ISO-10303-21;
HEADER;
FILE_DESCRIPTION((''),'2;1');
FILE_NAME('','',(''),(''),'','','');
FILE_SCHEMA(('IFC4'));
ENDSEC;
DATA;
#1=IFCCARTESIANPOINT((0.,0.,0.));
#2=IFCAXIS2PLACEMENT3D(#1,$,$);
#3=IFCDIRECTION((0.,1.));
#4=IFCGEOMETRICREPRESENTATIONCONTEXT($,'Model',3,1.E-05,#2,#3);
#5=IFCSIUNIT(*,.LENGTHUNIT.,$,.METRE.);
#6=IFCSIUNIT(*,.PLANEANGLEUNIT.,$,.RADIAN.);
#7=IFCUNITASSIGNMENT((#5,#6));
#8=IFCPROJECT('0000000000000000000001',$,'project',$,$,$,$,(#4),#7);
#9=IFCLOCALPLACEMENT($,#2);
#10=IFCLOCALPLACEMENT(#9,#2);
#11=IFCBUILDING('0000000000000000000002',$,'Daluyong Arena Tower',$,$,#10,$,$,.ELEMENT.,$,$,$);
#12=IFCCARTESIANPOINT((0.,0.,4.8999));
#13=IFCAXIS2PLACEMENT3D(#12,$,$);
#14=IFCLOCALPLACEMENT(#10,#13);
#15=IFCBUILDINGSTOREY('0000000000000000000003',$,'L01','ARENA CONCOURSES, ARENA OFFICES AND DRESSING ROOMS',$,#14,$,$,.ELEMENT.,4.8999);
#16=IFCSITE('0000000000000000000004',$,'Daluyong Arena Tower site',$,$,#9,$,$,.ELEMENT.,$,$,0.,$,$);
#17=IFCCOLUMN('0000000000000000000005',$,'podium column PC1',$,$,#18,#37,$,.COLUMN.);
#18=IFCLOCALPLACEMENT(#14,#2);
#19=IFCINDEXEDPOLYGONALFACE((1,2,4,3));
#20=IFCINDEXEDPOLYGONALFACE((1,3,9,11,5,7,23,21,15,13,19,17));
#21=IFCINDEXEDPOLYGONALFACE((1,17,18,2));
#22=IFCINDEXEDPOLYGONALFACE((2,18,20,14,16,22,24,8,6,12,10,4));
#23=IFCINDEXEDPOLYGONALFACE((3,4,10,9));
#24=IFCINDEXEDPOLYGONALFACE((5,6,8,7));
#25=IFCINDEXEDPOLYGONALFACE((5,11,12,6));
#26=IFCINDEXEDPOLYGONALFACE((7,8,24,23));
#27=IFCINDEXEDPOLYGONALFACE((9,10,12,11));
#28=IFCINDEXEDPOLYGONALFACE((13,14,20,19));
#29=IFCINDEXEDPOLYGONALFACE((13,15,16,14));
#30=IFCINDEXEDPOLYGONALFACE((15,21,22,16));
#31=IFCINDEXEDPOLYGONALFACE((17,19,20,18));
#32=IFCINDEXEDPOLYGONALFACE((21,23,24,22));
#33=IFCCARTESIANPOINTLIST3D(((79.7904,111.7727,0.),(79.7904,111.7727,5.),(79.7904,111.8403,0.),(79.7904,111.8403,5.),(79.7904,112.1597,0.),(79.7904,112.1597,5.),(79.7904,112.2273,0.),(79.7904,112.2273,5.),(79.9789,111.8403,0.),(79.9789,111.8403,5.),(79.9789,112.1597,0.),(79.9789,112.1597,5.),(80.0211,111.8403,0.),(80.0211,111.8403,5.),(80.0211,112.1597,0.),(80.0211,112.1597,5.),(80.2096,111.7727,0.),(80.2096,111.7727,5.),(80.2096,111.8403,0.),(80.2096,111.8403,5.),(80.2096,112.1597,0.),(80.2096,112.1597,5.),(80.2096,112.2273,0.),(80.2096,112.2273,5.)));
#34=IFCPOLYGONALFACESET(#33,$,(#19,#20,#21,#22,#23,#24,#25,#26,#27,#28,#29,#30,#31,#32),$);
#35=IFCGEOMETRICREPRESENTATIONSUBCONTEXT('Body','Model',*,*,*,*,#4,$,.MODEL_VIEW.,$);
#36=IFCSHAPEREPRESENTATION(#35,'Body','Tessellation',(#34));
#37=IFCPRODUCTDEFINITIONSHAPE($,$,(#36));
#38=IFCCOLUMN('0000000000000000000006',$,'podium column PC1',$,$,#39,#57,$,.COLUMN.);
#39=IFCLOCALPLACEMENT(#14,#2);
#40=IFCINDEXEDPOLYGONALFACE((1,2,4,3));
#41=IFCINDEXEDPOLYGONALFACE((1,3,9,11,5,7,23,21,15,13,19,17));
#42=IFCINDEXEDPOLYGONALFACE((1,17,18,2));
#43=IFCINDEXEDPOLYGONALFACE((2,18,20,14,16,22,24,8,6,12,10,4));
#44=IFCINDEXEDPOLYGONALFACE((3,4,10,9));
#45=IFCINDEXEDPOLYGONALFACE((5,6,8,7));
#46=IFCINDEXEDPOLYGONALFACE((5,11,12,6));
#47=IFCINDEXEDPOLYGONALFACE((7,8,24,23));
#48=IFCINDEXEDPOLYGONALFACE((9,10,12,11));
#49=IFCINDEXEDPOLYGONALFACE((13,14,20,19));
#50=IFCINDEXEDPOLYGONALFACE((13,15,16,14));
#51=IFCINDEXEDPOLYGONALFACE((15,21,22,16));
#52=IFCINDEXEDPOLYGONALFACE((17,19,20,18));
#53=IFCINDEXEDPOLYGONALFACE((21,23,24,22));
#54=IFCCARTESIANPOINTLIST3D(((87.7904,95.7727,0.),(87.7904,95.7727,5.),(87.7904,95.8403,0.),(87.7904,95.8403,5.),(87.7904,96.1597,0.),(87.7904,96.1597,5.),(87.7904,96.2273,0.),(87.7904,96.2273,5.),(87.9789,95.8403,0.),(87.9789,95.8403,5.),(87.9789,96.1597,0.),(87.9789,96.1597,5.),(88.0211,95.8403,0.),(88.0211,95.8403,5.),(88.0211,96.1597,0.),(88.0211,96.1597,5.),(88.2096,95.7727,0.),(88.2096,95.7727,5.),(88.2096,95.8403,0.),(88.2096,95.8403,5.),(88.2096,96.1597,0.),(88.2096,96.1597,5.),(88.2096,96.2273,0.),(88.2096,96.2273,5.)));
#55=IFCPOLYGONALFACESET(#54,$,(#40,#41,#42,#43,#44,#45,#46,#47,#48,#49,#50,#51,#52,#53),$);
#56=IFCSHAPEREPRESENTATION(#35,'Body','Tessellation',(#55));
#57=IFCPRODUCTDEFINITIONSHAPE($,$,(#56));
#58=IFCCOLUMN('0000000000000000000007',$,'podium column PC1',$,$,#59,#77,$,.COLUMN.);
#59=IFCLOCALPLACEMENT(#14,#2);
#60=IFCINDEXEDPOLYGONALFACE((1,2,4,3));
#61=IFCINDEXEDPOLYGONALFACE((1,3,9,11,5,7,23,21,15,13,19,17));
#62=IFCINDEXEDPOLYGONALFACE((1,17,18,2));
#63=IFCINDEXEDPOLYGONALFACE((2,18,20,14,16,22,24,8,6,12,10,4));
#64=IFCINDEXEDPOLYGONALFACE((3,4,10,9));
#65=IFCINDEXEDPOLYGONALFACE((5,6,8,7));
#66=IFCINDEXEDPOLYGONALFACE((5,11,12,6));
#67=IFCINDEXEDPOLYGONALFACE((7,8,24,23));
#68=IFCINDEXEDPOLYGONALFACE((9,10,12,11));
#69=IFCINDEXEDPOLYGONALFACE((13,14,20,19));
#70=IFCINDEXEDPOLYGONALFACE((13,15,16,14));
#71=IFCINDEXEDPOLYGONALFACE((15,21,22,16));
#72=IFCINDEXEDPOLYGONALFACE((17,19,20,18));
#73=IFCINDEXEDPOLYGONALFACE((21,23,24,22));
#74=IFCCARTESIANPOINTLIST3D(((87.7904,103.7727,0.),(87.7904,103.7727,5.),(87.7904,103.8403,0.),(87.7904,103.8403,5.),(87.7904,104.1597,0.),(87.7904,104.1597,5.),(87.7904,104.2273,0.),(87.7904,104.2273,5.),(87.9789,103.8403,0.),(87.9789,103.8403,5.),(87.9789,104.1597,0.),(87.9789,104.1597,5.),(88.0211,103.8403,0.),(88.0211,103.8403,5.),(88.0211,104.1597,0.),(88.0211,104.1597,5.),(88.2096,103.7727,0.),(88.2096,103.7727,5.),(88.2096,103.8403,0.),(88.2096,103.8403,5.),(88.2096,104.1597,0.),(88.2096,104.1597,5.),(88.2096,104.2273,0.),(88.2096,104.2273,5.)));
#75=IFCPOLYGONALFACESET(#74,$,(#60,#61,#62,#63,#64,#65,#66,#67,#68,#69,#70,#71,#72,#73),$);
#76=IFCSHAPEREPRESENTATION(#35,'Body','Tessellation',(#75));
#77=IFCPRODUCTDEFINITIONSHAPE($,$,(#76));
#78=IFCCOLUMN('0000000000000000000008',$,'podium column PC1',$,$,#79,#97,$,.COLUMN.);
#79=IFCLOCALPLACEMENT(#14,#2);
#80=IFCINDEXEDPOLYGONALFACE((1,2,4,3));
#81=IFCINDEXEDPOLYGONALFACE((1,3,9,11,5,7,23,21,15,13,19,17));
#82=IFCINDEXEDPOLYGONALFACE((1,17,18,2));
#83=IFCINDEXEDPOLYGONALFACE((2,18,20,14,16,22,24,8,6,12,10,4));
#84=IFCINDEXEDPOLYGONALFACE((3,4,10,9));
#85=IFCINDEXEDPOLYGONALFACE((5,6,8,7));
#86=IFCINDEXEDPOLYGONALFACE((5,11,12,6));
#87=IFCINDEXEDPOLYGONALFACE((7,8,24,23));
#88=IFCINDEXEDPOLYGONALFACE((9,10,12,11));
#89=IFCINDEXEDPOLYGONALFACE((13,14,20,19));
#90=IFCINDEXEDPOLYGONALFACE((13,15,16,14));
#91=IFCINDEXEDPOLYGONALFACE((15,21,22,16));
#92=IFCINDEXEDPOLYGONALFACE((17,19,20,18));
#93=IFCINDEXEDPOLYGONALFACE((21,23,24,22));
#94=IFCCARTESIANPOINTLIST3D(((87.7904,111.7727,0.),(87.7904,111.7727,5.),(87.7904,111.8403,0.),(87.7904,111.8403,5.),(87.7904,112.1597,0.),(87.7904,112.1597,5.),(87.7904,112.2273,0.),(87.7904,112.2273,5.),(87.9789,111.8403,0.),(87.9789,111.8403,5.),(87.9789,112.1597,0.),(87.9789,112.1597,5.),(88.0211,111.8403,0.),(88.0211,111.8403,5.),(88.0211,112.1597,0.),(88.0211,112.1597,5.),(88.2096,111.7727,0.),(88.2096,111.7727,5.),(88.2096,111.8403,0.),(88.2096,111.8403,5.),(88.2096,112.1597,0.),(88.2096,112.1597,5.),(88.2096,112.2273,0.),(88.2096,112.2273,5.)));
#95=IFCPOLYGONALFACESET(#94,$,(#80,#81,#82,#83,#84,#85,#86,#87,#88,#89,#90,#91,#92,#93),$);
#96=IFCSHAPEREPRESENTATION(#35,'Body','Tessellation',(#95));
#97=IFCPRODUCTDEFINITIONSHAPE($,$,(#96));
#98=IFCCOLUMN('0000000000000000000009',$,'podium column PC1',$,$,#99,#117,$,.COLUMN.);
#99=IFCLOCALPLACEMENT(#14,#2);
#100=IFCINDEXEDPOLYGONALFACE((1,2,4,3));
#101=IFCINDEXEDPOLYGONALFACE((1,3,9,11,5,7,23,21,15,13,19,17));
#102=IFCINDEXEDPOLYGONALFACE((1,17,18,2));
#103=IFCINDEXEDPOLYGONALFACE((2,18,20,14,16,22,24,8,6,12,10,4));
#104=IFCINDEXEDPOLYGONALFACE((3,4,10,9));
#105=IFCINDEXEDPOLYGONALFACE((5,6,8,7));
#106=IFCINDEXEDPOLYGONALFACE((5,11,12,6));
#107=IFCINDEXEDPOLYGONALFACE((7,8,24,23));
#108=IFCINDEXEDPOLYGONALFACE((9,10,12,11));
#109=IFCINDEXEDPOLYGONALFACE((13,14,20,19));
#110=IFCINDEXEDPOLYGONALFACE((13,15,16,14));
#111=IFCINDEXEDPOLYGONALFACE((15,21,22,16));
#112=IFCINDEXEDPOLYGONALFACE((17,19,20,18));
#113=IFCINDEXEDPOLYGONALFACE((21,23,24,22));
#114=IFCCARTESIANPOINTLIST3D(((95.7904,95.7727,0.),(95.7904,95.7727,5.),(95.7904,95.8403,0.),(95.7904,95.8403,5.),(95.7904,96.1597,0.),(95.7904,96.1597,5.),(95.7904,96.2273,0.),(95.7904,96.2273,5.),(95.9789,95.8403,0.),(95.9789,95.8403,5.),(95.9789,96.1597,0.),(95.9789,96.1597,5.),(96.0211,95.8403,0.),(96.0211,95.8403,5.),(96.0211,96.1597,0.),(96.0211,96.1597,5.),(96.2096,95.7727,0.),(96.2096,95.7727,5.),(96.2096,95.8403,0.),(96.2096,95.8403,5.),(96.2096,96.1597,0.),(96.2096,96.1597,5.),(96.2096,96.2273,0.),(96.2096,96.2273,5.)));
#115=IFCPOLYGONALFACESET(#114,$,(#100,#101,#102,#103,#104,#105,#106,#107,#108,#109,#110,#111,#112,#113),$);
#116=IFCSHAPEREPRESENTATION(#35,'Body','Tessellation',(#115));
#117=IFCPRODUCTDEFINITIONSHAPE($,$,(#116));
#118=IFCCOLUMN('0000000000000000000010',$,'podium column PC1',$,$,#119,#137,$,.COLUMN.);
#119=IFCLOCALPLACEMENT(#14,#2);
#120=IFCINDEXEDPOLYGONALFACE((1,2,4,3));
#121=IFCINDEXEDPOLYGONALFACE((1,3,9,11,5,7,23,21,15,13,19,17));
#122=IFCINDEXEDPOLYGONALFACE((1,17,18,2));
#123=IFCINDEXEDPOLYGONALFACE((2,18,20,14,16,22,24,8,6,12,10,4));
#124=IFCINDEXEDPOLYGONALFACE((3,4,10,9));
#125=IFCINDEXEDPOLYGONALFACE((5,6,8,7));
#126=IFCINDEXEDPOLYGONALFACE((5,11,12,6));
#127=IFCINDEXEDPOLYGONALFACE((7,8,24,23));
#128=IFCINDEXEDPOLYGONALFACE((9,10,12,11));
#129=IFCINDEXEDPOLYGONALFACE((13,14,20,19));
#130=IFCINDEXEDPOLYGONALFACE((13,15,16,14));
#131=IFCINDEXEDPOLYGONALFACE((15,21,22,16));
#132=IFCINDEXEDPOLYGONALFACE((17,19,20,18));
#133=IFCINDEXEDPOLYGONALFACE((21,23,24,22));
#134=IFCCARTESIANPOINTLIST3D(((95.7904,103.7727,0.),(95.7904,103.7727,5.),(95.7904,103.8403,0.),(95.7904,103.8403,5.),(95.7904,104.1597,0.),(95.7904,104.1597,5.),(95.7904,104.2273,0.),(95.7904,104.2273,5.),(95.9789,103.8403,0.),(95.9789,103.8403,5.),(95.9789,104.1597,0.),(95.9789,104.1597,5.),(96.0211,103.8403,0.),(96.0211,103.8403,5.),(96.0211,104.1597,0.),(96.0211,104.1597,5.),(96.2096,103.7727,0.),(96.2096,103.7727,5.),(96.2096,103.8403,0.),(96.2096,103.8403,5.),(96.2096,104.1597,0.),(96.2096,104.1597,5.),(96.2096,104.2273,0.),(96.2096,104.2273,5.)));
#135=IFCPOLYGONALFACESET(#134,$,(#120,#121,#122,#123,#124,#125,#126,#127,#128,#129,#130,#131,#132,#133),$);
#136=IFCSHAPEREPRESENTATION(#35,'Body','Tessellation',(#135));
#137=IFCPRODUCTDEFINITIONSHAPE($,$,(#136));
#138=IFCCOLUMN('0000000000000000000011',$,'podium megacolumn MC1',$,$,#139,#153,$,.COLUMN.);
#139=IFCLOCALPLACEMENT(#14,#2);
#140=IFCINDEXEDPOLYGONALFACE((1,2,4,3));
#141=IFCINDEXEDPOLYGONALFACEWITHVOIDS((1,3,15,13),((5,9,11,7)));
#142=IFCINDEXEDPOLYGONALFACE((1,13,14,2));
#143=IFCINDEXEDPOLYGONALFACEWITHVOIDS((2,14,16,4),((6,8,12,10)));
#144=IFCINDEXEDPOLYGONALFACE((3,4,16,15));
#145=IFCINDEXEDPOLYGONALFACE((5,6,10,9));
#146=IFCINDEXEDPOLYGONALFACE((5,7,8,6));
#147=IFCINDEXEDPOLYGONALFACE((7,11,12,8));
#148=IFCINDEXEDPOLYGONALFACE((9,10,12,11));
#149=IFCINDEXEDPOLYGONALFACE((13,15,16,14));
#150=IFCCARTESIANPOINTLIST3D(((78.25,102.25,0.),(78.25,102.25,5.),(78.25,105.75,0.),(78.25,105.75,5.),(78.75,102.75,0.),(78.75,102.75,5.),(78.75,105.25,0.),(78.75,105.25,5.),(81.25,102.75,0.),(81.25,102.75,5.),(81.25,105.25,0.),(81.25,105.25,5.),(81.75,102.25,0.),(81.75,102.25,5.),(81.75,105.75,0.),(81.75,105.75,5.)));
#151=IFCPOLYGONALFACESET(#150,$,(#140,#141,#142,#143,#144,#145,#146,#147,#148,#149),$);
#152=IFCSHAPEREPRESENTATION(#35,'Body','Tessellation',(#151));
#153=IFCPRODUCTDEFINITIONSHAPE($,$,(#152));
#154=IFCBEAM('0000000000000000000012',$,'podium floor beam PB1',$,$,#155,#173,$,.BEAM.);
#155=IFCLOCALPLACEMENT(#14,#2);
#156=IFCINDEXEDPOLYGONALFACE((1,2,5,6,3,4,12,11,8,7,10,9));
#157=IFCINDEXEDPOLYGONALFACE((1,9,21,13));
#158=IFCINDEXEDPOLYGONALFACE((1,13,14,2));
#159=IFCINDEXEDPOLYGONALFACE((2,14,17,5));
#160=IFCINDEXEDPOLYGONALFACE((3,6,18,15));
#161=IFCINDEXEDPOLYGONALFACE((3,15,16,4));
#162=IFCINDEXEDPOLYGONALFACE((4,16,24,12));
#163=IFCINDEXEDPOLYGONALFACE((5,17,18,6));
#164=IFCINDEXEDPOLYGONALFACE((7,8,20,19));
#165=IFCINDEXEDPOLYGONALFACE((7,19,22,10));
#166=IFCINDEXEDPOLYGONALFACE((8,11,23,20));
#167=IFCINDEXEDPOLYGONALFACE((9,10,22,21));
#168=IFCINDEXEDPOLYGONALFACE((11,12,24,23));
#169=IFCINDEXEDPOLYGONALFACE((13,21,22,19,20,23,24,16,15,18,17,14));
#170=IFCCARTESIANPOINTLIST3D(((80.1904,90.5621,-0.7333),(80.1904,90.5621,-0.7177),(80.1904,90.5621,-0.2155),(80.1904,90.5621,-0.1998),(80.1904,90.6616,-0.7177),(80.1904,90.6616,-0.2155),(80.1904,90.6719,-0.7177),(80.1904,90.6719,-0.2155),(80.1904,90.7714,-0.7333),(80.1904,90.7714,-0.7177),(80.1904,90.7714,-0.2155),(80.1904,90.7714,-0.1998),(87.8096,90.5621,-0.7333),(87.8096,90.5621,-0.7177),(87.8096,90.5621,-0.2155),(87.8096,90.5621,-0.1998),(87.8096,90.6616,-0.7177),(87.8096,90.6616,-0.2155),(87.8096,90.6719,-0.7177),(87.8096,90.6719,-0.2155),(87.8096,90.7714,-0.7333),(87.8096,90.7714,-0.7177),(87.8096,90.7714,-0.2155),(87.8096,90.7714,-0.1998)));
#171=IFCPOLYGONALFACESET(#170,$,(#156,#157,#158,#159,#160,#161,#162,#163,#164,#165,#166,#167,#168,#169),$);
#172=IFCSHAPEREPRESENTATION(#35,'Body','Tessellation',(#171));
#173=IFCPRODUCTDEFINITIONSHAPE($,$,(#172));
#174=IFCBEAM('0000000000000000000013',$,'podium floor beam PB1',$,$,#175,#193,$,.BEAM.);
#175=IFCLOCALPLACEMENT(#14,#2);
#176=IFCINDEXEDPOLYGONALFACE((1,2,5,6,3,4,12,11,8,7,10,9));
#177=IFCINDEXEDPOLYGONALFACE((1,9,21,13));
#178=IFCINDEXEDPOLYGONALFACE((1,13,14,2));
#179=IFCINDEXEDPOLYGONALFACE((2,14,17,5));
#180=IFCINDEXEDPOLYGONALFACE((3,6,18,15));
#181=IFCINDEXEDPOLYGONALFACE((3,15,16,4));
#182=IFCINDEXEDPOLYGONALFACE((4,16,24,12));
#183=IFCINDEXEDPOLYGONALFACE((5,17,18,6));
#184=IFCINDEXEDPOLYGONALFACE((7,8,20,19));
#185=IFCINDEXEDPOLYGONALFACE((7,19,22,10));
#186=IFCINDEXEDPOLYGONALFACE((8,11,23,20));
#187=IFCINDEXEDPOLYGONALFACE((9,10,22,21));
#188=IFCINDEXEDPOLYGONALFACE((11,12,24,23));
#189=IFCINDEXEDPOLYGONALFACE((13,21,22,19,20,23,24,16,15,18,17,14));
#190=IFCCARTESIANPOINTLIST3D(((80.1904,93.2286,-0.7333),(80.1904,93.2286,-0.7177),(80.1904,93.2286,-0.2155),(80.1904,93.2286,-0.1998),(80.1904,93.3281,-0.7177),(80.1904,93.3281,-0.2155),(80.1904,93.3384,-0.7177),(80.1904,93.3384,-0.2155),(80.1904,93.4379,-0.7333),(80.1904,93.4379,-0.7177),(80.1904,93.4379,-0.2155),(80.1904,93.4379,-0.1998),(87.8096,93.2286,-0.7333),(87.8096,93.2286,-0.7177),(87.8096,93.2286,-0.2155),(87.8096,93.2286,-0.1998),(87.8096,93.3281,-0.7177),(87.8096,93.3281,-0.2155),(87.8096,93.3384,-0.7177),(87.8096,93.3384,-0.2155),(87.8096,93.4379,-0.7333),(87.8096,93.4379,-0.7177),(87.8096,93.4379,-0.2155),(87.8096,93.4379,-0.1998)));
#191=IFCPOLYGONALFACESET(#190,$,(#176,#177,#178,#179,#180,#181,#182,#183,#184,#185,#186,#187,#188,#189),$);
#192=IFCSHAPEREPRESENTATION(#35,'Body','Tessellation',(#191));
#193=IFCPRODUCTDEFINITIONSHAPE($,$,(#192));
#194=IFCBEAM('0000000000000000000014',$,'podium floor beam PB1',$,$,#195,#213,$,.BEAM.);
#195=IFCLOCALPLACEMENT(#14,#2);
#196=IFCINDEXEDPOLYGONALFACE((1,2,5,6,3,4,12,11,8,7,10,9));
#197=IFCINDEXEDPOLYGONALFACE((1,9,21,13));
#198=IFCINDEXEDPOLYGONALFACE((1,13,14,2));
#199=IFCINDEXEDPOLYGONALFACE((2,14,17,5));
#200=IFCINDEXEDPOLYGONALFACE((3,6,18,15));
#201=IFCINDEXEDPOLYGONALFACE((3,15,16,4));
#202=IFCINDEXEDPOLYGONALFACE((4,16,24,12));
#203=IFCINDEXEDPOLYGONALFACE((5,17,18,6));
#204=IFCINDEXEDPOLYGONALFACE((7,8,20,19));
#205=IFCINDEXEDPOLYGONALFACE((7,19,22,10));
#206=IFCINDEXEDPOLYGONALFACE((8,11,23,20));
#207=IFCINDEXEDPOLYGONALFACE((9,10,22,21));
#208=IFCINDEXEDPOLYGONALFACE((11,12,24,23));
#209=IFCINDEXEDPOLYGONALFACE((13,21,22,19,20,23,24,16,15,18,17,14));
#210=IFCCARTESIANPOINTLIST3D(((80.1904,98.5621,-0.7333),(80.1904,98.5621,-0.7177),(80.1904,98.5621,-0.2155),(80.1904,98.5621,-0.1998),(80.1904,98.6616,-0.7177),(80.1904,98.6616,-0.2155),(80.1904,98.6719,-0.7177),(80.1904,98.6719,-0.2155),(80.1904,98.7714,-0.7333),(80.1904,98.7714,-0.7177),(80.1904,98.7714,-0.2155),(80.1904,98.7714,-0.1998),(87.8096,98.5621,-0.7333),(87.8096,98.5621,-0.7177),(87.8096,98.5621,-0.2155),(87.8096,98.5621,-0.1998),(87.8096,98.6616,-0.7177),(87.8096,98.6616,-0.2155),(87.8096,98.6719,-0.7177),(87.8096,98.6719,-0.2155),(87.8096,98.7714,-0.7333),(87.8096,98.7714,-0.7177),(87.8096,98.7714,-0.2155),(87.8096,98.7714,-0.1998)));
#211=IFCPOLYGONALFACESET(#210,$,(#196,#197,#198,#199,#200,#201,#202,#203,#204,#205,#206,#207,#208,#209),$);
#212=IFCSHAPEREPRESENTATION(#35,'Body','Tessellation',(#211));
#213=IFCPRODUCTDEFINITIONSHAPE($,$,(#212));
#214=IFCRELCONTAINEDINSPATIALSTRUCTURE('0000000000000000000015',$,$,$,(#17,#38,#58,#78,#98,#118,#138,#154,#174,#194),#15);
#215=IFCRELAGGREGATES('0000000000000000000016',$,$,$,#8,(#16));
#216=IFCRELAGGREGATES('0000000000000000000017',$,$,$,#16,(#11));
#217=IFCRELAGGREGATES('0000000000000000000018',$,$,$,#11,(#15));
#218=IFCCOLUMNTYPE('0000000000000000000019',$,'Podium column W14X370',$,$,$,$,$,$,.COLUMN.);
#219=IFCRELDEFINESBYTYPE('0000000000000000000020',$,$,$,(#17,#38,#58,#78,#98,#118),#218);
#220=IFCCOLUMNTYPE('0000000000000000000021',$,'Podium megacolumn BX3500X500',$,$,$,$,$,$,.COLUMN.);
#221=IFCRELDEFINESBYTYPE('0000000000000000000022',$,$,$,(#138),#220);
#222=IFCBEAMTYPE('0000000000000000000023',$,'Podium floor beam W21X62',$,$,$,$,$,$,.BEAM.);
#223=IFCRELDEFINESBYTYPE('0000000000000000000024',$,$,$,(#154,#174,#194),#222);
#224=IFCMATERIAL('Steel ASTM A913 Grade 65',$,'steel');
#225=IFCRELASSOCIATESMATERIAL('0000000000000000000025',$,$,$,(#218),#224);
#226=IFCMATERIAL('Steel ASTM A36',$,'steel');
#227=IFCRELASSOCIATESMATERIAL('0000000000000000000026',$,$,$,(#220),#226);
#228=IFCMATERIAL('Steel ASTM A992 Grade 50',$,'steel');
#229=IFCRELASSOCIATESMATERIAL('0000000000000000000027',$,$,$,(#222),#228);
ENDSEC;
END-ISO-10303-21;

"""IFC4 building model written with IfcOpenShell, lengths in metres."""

from ifc_helpers import new_model, si_unit, direction, frame, origin, origin_2d, place, context, subcontext, project, spatial, hollow_rectangle, i_section, extrude, material, material_profile, profile_set, type_object, element, save


model = new_model("IFC4")

# Units and contexts
model_context = context("Model", 3, precision=1e-05, world=origin(), true_north=direction((0.0, 1.0)))
body_context = subcontext(model_context, "Body", "Model", "MODEL_VIEW")
ifc_project = project(units=[si_unit("LENGTHUNIT", "METRE"), si_unit("PLANEANGLEUNIT", "RADIAN")], contexts=[model_context])

# Site, building, storey
site_placement = place(None, origin())
site = spatial("IfcSite", under=ifc_project, at=site_placement, Name="Daluyong Arena Tower site", CompositionType="ELEMENT", RefElevation=0.0)
building_placement = place(site_placement, origin())
building = spatial("IfcBuilding", under=site, at=building_placement, Name="Daluyong Arena Tower", CompositionType="ELEMENT")
storey_placement = place(building_placement, frame((0.0, 0.0, 4.8999)))
storey = spatial("IfcBuildingStorey", under=building, at=storey_placement, Name="L01", Description="ARENA CONCOURSES, ARENA OFFICES AND DRESSING ROOMS", CompositionType="ELEMENT", Elevation=4.8999)

# Columns
ifc_material_1 = material(Name="Steel ASTM A913 Grade 65", Category="steel")
ifc_material_profile_1 = material_profile(ifc_material_1, i_section(OverallWidth=0.4192, OverallDepth=0.4546, WebThickness=0.0422, FlangeThickness=0.0676, at=origin_2d()))
ifc_profile_set_1 = profile_set([ifc_material_profile_1], Name="Steel ASTM A913 Grade 65")
column_type_1 = type_object("IfcColumnType", Name="Podium column W14X370", PredefinedType="COLUMN", material=ifc_profile_set_1)
for number, where, z_axis, x_axis, name in (
    (1, (80.0, 112.0, 0.0), (0.0, 0.0, 1.0), (1.0, 0.0, 0.0), "podium column PC1"),
    (2, (88.0, 96.0, 0.0), (0.0, 0.0, 1.0), (1.0, 0.0, 0.0), "podium column PC1"),
    (3, (88.0, 104.0, 0.0), (0.0, 0.0, 1.0), (1.0, 0.0, 0.0), "podium column PC1"),
    (4, (88.0, 112.0, 0.0), (0.0, 0.0, 1.0), (1.0, 0.0, 0.0), "podium column PC1"),
    (5, (96.0, 96.0, 0.0), (0.0, 0.0, 1.0), (1.0, 0.0, 0.0), "podium column PC1"),
    (6, (96.0, 104.0, 0.0), (0.0, 0.0, 1.0), (1.0, 0.0, 0.0), "podium column PC1"),
):
    element("IfcColumn", number, at=place(storey_placement, frame(where, z_axis=z_axis, x_axis=x_axis)), inside=storey, type_object=column_type_1, Name=name, PredefinedType="COLUMN", context=body_context, shape_type="SweptSolid", body=[
        extrude(i_section(OverallWidth=0.4192, OverallDepth=0.4546, WebThickness=0.0422, FlangeThickness=0.0676, at=origin_2d()), origin(), (0.0, 0.0, 1.0), 5.0),
    ])
ifc_material_2 = material(Name="Steel ASTM A36", Category="steel")
ifc_material_profile_2 = material_profile(ifc_material_2, hollow_rectangle(XDim=3.5, YDim=3.5, WallThickness=0.5, at=origin_2d()))
ifc_profile_set_2 = profile_set([ifc_material_profile_2], Name="Steel ASTM A36")
column_type_2 = type_object("IfcColumnType", Name="Podium megacolumn BX3500X500", PredefinedType="COLUMN", material=ifc_profile_set_2)
column_placement = place(storey_placement, frame((80.0, 104.0, 0.0), z_axis=(0.0, 0.0, 1.0), x_axis=(1.0, 0.0, 0.0)))
element("IfcColumn", 7, at=column_placement, inside=storey, type_object=column_type_2, Name="podium megacolumn MC1", PredefinedType="COLUMN", context=body_context, shape_type="SweptSolid", body=[
    extrude(hollow_rectangle(XDim=3.5, YDim=3.5, WallThickness=0.5, at=origin_2d()), origin(), (0.0, 0.0, 1.0), 5.0),
])

# Beams
ifc_material_3 = material(Name="Steel ASTM A992 Grade 50", Category="steel")
ifc_material_profile_3 = material_profile(ifc_material_3, i_section(OverallWidth=0.2092, OverallDepth=0.5334, WebThickness=0.0103, FlangeThickness=0.0156, at=origin_2d()))
ifc_profile_set_3 = profile_set([ifc_material_profile_3], Name="Steel ASTM A992 Grade 50")
beam_type_1 = type_object("IfcBeamType", Name="Podium floor beam W21X62", PredefinedType="BEAM", material=ifc_profile_set_3)
for number, where, z_axis, x_axis, name in (
    (8, (80.1904, 90.6667, -0.4666), (1.0, 0.0, 0.0), (0.0, 1.0, 0.0), "podium floor beam PB1"),
    (9, (80.1904, 93.3333, -0.4666), (1.0, 0.0, 0.0), (0.0, 1.0, 0.0), "podium floor beam PB1"),
    (10, (80.1904, 98.6667, -0.4666), (1.0, 0.0, 0.0), (0.0, 1.0, 0.0), "podium floor beam PB1"),
):
    element("IfcBeam", number, at=place(storey_placement, frame(where, z_axis=z_axis, x_axis=x_axis)), inside=storey, type_object=beam_type_1, Name=name, PredefinedType="BEAM", context=body_context, shape_type="SweptSolid", body=[
        extrude(i_section(OverallWidth=0.2092, OverallDepth=0.5334, WebThickness=0.0103, FlangeThickness=0.0156, at=origin_2d()), origin(), (0.0, 0.0, 1.0), 7.6191),
    ])

save(model, "model.ifc")
